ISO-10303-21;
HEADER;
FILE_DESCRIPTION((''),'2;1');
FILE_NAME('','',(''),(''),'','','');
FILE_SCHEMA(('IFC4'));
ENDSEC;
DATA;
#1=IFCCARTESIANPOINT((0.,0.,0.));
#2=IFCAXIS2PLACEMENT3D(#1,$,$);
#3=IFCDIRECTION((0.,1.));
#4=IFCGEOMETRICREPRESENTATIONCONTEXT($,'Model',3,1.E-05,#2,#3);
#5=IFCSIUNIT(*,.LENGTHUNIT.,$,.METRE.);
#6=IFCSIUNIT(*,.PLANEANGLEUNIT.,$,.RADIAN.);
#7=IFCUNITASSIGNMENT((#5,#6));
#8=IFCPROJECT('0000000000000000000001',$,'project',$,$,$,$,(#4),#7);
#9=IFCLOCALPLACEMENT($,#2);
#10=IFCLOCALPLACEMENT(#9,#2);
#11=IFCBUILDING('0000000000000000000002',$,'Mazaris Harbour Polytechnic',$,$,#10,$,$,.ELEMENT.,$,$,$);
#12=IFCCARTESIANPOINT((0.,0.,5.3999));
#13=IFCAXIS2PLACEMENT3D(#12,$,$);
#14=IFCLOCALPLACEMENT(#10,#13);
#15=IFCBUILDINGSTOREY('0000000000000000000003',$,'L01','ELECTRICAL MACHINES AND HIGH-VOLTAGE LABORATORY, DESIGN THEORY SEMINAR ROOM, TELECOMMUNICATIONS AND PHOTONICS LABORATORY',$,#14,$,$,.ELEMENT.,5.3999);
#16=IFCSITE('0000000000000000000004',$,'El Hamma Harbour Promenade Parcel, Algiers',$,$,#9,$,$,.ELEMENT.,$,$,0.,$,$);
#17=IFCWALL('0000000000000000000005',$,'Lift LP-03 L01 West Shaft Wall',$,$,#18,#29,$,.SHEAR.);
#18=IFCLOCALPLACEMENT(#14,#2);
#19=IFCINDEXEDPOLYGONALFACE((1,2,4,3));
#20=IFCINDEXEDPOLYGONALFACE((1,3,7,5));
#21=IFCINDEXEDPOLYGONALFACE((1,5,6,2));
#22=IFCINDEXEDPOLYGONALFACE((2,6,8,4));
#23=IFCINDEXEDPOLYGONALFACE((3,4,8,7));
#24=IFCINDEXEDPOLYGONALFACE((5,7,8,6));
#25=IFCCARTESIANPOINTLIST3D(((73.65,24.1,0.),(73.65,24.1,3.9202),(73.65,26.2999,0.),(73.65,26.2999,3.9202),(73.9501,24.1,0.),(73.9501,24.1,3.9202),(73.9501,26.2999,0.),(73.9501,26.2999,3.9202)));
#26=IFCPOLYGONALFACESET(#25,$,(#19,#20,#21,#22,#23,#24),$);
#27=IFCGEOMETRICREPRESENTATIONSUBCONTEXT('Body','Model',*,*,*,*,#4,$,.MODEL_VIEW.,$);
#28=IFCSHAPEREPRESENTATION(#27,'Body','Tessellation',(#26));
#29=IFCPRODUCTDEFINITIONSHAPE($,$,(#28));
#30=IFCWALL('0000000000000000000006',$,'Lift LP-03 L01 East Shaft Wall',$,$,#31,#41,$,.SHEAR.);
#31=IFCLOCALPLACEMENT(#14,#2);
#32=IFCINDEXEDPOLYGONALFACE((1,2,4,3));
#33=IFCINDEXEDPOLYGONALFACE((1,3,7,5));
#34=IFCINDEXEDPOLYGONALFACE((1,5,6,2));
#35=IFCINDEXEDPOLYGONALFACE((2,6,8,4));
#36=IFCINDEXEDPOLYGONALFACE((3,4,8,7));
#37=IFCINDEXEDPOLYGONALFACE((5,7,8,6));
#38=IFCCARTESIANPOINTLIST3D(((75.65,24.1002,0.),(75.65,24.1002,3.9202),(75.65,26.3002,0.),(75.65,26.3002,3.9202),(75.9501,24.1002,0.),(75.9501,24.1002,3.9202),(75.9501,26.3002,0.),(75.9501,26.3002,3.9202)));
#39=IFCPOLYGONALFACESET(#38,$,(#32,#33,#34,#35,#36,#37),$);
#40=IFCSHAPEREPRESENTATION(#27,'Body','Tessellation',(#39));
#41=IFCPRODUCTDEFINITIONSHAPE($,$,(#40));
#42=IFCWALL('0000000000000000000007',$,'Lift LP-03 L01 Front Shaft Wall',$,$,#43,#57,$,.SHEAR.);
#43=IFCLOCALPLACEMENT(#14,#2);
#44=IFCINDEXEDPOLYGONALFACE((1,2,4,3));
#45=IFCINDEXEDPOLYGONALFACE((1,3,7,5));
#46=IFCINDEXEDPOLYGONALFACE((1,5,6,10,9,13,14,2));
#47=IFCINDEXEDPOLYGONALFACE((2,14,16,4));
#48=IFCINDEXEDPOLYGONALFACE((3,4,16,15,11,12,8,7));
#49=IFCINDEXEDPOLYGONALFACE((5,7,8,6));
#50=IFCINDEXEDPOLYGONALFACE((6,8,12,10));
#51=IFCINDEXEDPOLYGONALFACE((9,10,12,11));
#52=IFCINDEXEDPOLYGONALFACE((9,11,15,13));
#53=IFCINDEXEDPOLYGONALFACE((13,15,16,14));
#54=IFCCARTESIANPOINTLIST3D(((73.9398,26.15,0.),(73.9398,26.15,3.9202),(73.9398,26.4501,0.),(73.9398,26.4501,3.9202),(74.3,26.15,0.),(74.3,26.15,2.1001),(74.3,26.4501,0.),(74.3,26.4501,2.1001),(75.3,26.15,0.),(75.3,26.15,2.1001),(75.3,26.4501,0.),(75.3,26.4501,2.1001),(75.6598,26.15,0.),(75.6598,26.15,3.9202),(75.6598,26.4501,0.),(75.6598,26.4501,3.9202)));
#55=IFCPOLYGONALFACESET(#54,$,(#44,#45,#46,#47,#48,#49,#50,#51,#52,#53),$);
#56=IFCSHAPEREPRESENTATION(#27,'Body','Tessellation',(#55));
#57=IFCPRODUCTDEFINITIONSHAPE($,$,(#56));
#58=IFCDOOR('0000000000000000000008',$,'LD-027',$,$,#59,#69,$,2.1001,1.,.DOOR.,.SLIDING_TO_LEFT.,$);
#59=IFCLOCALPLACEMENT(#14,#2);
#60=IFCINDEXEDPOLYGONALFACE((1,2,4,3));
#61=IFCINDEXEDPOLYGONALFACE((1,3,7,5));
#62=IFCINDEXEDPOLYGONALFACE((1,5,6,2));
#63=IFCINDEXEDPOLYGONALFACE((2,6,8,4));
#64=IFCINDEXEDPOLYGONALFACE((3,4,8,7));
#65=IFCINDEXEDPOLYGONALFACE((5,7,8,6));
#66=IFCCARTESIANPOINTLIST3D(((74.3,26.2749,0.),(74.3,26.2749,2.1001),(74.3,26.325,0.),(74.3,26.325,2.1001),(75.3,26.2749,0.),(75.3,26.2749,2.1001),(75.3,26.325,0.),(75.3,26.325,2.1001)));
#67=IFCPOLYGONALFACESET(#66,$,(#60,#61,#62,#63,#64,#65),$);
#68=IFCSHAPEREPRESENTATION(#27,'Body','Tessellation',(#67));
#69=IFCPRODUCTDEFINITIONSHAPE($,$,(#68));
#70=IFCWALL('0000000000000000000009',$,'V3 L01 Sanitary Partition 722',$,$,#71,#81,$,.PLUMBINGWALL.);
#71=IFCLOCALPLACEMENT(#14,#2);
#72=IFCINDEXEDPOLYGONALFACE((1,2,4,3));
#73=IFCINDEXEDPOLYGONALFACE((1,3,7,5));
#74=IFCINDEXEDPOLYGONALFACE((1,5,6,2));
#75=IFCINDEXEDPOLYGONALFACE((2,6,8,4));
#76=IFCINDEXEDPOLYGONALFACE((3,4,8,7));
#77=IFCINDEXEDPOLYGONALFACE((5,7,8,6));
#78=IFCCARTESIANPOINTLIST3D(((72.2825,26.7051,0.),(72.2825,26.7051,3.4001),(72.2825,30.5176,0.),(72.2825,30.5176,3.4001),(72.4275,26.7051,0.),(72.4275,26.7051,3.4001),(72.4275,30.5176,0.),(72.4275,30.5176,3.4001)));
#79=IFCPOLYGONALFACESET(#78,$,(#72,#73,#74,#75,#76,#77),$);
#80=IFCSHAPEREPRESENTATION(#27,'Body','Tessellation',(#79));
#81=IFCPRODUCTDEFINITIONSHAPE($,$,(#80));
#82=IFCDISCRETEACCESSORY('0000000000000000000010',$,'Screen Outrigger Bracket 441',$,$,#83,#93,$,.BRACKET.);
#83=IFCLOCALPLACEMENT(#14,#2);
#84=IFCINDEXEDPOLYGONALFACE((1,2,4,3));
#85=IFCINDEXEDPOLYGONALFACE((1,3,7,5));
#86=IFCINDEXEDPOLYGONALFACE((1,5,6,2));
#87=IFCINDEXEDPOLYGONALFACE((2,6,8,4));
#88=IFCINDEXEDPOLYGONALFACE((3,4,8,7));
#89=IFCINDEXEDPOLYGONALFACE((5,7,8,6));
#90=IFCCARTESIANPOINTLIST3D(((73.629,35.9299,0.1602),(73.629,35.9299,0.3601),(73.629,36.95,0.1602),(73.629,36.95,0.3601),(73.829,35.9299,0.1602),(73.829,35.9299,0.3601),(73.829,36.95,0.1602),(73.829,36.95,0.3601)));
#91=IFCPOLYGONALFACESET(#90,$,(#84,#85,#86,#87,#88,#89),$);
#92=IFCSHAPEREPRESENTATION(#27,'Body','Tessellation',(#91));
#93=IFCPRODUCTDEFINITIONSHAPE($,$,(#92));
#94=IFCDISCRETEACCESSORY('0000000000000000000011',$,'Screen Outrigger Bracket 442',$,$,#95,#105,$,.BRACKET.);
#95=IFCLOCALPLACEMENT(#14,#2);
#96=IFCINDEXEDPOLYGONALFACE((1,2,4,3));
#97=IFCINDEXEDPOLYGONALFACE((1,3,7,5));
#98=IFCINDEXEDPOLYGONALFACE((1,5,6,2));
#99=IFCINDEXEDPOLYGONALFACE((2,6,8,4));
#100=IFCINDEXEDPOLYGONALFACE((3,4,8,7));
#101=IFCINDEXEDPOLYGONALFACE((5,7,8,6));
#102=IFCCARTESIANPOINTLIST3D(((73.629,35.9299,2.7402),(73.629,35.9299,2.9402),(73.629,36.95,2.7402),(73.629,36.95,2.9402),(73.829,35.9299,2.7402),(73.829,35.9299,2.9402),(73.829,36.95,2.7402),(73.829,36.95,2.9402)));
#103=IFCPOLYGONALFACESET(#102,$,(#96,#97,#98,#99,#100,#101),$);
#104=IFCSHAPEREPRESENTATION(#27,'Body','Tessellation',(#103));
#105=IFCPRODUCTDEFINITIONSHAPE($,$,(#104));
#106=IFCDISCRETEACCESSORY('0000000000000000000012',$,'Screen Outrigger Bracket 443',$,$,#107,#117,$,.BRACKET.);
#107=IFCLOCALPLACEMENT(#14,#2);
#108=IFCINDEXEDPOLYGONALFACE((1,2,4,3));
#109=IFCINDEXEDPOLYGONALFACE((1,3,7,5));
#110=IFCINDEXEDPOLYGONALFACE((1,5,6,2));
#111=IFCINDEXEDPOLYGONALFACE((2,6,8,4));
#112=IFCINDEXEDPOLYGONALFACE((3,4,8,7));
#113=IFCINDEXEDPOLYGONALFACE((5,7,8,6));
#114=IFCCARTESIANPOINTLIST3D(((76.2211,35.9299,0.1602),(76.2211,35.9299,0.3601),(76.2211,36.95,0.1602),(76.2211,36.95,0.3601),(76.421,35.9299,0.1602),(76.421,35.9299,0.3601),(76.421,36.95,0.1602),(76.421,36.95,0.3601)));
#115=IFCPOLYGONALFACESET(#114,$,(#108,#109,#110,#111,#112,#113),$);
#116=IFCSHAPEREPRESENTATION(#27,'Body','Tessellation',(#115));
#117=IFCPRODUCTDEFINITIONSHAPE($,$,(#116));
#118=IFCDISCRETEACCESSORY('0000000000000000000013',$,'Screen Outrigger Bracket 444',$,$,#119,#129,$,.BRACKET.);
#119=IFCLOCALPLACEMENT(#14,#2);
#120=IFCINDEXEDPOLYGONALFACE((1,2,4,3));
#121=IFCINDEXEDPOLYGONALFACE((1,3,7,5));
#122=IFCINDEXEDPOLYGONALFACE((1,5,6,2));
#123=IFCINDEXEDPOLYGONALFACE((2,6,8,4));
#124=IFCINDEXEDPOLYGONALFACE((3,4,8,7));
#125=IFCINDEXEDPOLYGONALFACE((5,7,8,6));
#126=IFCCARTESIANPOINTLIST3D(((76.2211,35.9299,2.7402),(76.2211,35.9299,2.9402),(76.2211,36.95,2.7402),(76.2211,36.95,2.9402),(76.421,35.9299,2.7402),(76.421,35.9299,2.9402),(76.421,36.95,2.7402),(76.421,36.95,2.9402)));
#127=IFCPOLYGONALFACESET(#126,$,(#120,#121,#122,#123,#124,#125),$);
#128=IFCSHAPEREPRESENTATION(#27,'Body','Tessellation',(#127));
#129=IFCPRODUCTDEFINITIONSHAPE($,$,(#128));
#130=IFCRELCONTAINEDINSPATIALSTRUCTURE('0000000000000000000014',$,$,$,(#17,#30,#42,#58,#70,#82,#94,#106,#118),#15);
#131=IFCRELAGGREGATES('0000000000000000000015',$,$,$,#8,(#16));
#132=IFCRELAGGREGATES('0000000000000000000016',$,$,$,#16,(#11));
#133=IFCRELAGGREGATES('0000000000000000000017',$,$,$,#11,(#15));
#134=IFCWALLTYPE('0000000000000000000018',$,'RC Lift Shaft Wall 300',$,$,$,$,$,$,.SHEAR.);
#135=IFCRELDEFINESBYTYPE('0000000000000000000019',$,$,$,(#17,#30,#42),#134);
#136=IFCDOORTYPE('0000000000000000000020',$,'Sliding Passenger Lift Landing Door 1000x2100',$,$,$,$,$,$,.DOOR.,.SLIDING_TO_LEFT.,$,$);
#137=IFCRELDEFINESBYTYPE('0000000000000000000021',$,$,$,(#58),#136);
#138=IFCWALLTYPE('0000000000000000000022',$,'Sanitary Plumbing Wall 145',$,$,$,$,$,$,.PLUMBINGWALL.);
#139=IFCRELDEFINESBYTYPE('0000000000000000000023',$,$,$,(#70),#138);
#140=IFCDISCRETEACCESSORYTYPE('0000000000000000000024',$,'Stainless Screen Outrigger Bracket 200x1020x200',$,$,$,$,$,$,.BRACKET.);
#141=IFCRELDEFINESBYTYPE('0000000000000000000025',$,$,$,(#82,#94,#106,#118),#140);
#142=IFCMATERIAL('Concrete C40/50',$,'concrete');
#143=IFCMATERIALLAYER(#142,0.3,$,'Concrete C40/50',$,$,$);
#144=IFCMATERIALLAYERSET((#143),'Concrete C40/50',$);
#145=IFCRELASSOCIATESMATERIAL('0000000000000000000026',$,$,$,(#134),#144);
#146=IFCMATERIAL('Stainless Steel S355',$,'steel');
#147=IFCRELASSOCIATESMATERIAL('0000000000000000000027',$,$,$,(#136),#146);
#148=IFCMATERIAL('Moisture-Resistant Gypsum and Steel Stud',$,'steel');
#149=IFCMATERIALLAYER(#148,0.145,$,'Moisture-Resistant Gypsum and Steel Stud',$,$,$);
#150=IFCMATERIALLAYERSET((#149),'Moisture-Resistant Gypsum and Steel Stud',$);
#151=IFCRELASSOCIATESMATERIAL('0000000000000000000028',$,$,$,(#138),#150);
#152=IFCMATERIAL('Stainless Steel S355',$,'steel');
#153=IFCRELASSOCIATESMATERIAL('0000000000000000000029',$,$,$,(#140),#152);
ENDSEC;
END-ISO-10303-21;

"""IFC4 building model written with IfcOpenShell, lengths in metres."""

from ifc_helpers import new_model, si_unit, direction, frame, frame_2d, origin, origin_2d, place, context, subcontext, project, spatial, rectangle, extrude, material, layer, layer_set, type_object, element, fill, save


model = new_model("IFC4")

# Units and contexts
model_context = context("Model", 3, precision=1e-05, world=origin(), true_north=direction((0.0, 1.0)))
body_context = subcontext(model_context, "Body", "Model", "MODEL_VIEW")
ifc_project = project(units=[si_unit("LENGTHUNIT", "METRE"), si_unit("PLANEANGLEUNIT", "RADIAN")], contexts=[model_context])

# Site, building, storey
site_placement = place(None, origin())
site = spatial("IfcSite", under=ifc_project, at=site_placement, Name="El Hamma Harbour Promenade Parcel, Algiers", CompositionType="ELEMENT", RefElevation=0.0)
building_placement = place(site_placement, origin())
building = spatial("IfcBuilding", under=site, at=building_placement, Name="Mazaris Harbour Polytechnic", CompositionType="ELEMENT")
storey_placement = place(building_placement, frame((0.0, 0.0, 5.3999)))
storey = spatial("IfcBuildingStorey", under=building, at=storey_placement, Name="L01", Description="ELECTRICAL MACHINES AND HIGH-VOLTAGE LABORATORY, DESIGN THEORY SEMINAR ROOM, TELECOMMUNICATIONS AND PHOTONICS LABORATORY", CompositionType="ELEMENT", Elevation=5.3999)

# Walls
ifc_material_1 = material(Name="Concrete C40/50", Category="concrete")
ifc_layer_1 = layer(ifc_material_1, 0.3, Name="Concrete C40/50")
ifc_layer_set_1 = layer_set([ifc_layer_1], Name="Concrete C40/50")
wall_type_1 = type_object("IfcWallType", Name="RC Lift Shaft Wall 300", PredefinedType="SHEAR", material=ifc_layer_set_1)
for number, where, z_axis, x_axis, name in (
    (1, (73.8, 26.3, 0.0), (0.0, 0.0, 1.0), (0.0, -1.0, 0.0), "Lift LP-03 L01 West Shaft Wall"),
    (2, (75.8, 24.1001, 0.0), (0.0, 0.0, 1.0), (0.0, 1.0, 0.0), "Lift LP-03 L01 East Shaft Wall"),
):
    element("IfcWall", number, at=place(storey_placement, frame(where, z_axis=z_axis, x_axis=x_axis)), inside=storey, type_object=wall_type_1, Name=name, PredefinedType="SHEAR", context=body_context, shape_type="SweptSolid", body=[
        extrude(rectangle(XDim=2.2, YDim=0.3, at=frame_2d((1.1001, 0.0))), origin(), (0.0, 0.0, 1.0), 3.9202),
    ])

# Wall, opening, door
wall_1_placement = place(storey_placement, frame((73.9399, 26.3, 0.0), z_axis=(0.0, 0.0, 1.0), x_axis=(1.0, 0.0, 0.0)))
wall_1 = element("IfcWall", 3, at=wall_1_placement, inside=storey, type_object=wall_type_1, Name="Lift LP-03 L01 Front Shaft Wall", PredefinedType="SHEAR", context=body_context, shape_type="SweptSolid", body=[
    extrude(rectangle(XDim=1.72, YDim=0.3, at=frame_2d((0.8599, 0.0))), origin(), (0.0, 0.0, 1.0), 3.9202),
])
opening_placement = place(wall_1_placement, frame((0.3601, 0.0, 0.0)))
opening = element("IfcOpeningElement", 4, at=opening_placement, cuts=wall_1, PredefinedType="OPENING", context=body_context, shape_type="SweptSolid", body=[
    extrude(rectangle(XDim=1.0, YDim=2.1001, at=frame_2d((0.5, 1.05))), frame((0.0, 0.1599, 0.0), z_axis=(0.0, -1.0, 0.0), x_axis=(1.0, 0.0, 0.0)), (0.0, 0.0, 1.0), 0.3201),
])
ifc_material_2 = material(Name="Stainless Steel S355", Category="steel")
door_type = type_object("IfcDoorType", Name="Sliding Passenger Lift Landing Door 1000x2100", OperationType="SLIDING_TO_LEFT", PredefinedType="DOOR", material=ifc_material_2)
door_placement = place(opening_placement, origin())
door = element("IfcDoor", 5, at=door_placement, inside=storey, type_object=door_type, Name="LD-027", OperationType="SLIDING_TO_LEFT", OverallHeight=2.1001, OverallWidth=1.0, PredefinedType="DOOR", context=body_context, shape_type="SweptSolid", body=[
    extrude(rectangle(XDim=1.0, YDim=2.1001, at=frame_2d((0.5, 1.05))), frame((0.0, 0.0249, 0.0), z_axis=(0.0, -1.0, 0.0), x_axis=(1.0, 0.0, 0.0)), (0.0, 0.0, 1.0), 0.05),
])
fill(opening, door)

# Wall
ifc_material_3 = material(Name="Moisture-Resistant Gypsum and Steel Stud", Category="steel")
ifc_layer_2 = layer(ifc_material_3, 0.145, Name="Moisture-Resistant Gypsum and Steel Stud")
ifc_layer_set_2 = layer_set([ifc_layer_2], Name="Moisture-Resistant Gypsum and Steel Stud")
wall_type_2 = type_object("IfcWallType", Name="Sanitary Plumbing Wall 145", PredefinedType="PLUMBINGWALL", material=ifc_layer_set_2)
wall_2_placement = place(storey_placement, frame((72.355, 26.7051, 0.0), z_axis=(0.0, 0.0, 1.0), x_axis=(0.0, 1.0, 0.0)))
element("IfcWall", 6, at=wall_2_placement, inside=storey, type_object=wall_type_2, Name="V3 L01 Sanitary Partition 722", PredefinedType="PLUMBINGWALL", context=body_context, shape_type="SweptSolid", body=[
    extrude(rectangle(XDim=3.8125, YDim=0.145, at=frame_2d((1.9062, 0.0))), origin(), (0.0, 0.0, 1.0), 3.4001),
])

# Discrete accessories
ifc_material_4 = material(Name="Stainless Steel S355", Category="steel")
discrete_accessory_type = type_object("IfcDiscreteAccessoryType", Name="Stainless Screen Outrigger Bracket 200x1020x200", PredefinedType="BRACKET", material=ifc_material_4)
for number, where, z_axis, x_axis, name in (
    (7, (73.729, 36.4399, 0.1602), (0.0, 0.0, 1.0), (1.0, 0.0, 0.0), "Screen Outrigger Bracket 441"),
    (8, (73.729, 36.4399, 2.7402), (0.0, 0.0, 1.0), (1.0, 0.0, 0.0), "Screen Outrigger Bracket 442"),
    (9, (76.321, 36.4399, 0.1602), (0.0, 0.0, 1.0), (1.0, 0.0, 0.0), "Screen Outrigger Bracket 443"),
    (10, (76.321, 36.4399, 2.7402), (0.0, 0.0, 1.0), (1.0, 0.0, 0.0), "Screen Outrigger Bracket 444"),
):
    element("IfcDiscreteAccessory", number, at=place(storey_placement, frame(where, z_axis=z_axis, x_axis=x_axis)), inside=storey, type_object=discrete_accessory_type, Name=name, PredefinedType="BRACKET", context=body_context, shape_type="SweptSolid", body=[
        extrude(rectangle(XDim=0.2, YDim=1.02, at=origin_2d()), origin(), (0.0, 0.0, 1.0), 0.2),
    ])

save(model, "model.ifc")
